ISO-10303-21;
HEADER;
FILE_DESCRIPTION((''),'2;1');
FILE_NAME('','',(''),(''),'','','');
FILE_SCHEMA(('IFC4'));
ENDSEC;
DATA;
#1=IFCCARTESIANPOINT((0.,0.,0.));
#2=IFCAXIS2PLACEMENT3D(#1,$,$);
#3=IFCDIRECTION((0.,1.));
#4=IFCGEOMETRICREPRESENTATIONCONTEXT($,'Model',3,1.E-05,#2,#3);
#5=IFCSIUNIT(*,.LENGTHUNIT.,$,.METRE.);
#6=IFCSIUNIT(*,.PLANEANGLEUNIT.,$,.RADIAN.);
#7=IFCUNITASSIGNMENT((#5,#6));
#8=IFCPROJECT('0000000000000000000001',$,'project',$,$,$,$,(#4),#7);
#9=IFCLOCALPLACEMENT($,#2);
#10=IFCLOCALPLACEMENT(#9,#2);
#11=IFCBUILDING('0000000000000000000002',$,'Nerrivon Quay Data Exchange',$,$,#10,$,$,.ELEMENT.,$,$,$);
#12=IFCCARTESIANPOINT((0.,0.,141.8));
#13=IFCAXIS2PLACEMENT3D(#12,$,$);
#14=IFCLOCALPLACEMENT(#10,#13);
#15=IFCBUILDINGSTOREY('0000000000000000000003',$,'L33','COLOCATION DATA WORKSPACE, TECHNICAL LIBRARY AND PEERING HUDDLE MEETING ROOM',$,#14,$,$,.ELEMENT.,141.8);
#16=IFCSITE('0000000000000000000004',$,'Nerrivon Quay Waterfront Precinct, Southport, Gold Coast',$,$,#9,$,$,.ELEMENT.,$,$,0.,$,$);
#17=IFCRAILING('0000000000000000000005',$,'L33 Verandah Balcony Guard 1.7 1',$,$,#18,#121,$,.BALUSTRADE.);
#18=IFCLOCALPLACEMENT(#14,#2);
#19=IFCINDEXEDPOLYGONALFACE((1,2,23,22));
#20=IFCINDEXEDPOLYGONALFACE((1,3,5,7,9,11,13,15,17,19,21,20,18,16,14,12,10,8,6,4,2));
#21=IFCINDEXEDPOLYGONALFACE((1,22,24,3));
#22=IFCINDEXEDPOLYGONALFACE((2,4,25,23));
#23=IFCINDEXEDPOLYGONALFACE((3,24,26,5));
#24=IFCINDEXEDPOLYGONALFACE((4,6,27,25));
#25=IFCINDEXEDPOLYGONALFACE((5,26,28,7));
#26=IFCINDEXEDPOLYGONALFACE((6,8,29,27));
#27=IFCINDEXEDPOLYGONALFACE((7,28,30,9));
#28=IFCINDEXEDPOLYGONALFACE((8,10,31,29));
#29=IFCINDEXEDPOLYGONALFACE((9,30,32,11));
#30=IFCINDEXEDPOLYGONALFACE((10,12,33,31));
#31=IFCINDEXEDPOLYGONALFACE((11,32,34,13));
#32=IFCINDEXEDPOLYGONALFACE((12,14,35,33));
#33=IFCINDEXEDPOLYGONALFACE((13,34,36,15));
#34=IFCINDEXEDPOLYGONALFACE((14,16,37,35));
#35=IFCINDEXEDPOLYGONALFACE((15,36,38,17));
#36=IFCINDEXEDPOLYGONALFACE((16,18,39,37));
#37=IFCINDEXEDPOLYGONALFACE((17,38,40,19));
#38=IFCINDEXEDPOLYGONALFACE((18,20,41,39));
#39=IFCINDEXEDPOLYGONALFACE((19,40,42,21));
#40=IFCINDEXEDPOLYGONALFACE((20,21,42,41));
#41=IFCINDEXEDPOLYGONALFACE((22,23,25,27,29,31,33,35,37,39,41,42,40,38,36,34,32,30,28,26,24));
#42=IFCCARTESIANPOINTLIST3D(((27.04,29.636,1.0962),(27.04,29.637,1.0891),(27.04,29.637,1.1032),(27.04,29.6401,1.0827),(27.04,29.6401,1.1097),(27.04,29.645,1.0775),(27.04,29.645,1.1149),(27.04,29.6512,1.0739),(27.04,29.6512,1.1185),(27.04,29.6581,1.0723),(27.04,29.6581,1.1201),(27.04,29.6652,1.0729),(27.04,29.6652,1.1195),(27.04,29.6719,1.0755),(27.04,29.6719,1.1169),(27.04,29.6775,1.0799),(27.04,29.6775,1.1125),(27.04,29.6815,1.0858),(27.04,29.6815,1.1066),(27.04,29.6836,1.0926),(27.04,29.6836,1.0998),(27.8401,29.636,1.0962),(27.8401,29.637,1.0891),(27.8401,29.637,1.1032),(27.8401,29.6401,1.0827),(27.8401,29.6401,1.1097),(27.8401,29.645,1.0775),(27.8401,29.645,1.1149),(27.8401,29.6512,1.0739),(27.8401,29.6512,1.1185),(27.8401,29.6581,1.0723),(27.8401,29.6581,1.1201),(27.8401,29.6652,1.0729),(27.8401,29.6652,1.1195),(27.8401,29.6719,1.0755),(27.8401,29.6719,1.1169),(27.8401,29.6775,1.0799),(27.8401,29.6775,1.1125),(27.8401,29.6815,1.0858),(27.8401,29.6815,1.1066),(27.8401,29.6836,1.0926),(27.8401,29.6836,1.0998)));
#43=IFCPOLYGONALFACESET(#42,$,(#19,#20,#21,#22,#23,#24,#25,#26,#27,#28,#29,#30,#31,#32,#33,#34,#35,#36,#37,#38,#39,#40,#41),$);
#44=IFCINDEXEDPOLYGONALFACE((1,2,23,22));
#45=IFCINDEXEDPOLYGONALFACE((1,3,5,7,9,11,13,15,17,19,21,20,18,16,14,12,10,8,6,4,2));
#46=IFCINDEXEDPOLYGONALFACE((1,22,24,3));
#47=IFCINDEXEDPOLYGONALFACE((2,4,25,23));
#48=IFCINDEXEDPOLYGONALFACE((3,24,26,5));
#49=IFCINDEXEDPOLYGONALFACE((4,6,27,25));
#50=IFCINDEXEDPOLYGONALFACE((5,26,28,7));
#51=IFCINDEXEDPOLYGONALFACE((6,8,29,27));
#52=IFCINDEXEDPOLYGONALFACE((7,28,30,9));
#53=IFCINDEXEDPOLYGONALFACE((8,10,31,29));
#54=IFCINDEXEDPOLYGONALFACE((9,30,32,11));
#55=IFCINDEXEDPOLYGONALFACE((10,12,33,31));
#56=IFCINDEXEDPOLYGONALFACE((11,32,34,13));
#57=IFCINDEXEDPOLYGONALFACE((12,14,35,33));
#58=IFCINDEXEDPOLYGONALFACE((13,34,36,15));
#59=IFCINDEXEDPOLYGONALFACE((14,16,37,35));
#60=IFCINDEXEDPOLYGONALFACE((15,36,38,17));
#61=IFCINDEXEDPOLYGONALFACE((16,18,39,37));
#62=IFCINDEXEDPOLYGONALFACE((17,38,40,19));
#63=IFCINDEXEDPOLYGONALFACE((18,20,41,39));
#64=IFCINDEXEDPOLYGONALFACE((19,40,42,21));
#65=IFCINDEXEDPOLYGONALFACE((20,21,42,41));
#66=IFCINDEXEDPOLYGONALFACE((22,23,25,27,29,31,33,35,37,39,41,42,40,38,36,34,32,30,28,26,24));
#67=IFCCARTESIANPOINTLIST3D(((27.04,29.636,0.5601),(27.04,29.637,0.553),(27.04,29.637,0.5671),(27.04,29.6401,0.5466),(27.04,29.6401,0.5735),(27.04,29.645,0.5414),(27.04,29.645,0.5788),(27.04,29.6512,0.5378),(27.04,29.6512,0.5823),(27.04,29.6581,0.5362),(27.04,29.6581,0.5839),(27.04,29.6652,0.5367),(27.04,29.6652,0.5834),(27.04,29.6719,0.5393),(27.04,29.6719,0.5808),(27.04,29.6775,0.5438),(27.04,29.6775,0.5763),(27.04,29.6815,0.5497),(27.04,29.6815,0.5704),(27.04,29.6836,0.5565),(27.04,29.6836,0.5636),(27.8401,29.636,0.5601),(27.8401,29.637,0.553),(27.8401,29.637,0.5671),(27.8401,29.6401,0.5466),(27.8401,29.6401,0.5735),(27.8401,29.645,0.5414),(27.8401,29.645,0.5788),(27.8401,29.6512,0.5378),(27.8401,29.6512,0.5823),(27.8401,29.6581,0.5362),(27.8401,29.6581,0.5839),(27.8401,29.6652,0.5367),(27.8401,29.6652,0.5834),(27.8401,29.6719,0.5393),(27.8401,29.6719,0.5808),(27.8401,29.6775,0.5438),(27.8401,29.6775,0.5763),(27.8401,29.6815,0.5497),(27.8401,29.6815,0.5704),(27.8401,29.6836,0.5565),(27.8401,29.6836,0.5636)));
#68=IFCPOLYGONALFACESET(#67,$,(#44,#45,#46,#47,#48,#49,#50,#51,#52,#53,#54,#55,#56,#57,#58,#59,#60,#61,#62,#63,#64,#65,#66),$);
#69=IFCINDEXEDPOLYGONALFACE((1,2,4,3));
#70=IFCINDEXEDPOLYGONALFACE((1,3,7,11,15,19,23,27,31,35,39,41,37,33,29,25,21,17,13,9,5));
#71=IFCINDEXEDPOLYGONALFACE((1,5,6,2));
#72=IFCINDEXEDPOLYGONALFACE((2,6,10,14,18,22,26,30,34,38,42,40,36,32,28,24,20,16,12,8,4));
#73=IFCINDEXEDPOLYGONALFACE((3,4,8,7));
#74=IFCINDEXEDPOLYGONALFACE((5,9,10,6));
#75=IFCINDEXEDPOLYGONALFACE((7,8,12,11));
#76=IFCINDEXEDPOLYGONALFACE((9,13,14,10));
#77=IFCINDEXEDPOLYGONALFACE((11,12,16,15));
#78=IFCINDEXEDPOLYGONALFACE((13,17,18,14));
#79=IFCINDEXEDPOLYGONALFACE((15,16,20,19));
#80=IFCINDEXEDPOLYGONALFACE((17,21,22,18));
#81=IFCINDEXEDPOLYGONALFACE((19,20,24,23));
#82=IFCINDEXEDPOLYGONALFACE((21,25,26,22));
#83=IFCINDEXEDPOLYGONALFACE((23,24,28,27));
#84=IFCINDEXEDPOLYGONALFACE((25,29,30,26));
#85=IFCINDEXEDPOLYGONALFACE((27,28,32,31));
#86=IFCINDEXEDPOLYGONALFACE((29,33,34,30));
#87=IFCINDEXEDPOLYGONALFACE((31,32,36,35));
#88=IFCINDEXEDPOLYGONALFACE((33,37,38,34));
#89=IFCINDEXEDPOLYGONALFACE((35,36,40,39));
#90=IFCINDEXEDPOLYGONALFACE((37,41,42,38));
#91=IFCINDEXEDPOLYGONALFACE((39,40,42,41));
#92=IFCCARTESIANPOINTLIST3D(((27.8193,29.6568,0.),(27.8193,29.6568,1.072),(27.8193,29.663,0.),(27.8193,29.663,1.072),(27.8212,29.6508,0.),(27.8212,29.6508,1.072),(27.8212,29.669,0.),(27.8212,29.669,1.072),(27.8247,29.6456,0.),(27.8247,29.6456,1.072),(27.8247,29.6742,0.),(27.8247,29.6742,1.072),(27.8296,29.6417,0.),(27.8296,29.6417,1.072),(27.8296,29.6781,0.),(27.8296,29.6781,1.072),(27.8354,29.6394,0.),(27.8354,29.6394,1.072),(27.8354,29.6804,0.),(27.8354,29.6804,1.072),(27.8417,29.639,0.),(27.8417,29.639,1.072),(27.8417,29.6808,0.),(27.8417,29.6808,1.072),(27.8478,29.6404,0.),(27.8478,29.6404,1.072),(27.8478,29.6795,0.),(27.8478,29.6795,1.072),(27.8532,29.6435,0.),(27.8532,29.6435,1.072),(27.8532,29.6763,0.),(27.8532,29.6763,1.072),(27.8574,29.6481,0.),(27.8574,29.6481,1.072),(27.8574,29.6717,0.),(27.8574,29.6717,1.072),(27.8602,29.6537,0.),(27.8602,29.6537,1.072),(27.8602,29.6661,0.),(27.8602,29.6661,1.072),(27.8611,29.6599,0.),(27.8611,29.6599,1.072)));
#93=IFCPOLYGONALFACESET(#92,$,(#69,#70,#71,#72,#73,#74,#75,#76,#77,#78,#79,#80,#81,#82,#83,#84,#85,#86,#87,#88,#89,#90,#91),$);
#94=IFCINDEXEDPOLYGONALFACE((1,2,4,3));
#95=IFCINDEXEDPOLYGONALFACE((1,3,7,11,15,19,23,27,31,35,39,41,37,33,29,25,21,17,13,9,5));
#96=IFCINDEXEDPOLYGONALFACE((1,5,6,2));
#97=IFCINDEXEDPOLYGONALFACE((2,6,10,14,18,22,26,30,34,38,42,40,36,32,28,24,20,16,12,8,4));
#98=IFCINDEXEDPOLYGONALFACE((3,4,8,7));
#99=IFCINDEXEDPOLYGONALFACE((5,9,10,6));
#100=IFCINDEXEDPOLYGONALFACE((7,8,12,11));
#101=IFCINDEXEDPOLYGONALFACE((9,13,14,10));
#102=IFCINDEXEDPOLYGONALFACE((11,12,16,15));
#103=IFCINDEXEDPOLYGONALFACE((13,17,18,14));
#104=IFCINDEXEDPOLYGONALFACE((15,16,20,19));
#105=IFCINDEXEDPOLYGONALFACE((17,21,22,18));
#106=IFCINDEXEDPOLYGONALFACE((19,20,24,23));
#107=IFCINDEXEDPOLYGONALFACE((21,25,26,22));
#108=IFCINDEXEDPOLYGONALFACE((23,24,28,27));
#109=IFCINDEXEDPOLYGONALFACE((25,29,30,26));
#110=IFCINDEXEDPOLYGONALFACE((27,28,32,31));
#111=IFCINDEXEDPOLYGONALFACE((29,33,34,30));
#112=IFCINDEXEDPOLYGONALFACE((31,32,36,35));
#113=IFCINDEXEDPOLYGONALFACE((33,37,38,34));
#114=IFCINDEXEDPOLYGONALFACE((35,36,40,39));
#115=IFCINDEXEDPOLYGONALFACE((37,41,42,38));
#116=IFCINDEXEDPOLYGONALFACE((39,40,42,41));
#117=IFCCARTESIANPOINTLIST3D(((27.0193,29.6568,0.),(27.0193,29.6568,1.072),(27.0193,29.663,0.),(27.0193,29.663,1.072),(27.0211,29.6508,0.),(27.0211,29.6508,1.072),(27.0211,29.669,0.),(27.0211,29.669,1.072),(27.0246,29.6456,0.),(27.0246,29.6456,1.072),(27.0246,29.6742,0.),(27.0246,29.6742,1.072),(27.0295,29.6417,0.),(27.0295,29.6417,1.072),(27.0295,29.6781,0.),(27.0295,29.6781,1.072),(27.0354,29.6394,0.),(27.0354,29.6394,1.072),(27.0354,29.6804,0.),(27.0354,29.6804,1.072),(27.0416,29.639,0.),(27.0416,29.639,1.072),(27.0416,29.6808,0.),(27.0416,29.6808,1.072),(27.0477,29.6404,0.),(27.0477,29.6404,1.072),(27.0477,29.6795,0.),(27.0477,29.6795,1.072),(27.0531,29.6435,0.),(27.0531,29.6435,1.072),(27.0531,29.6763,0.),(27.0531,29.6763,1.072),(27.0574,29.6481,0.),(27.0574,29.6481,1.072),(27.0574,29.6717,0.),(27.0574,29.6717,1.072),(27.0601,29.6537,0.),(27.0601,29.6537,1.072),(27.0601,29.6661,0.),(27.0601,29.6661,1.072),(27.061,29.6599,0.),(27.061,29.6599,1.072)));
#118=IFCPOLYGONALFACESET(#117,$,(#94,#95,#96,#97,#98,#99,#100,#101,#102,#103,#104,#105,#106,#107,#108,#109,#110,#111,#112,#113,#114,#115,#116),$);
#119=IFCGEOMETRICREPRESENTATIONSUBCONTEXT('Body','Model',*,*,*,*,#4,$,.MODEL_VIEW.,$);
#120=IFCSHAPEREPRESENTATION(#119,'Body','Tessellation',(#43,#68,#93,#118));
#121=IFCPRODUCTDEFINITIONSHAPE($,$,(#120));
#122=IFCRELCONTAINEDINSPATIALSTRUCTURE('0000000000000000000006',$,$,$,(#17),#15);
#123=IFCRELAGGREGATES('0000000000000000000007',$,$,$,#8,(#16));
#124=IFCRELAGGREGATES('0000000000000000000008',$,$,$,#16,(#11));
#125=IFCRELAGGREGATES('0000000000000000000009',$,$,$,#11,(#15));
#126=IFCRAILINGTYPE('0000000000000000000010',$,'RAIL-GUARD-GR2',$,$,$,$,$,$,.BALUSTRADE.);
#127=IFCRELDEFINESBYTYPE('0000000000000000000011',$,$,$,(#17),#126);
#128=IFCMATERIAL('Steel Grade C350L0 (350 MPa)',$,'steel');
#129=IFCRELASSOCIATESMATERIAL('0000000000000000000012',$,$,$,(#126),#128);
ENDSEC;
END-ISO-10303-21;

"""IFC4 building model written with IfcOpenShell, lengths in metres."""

from ifc_helpers import new_model, si_unit, direction, frame, origin, origin_2d, place, context, subcontext, project, spatial, circle, extrude, material, type_object, element, save


model = new_model("IFC4")

# Units and contexts
model_context = context("Model", 3, precision=1e-05, world=origin(), true_north=direction((0.0, 1.0)))
body_context = subcontext(model_context, "Body", "Model", "MODEL_VIEW")
ifc_project = project(units=[si_unit("LENGTHUNIT", "METRE"), si_unit("PLANEANGLEUNIT", "RADIAN")], contexts=[model_context])

# Site, building, storey
site_placement = place(None, origin())
site = spatial("IfcSite", under=ifc_project, at=site_placement, Name="Nerrivon Quay Waterfront Precinct, Southport, Gold Coast", CompositionType="ELEMENT", RefElevation=0.0)
building_placement = place(site_placement, origin())
building = spatial("IfcBuilding", under=site, at=building_placement, Name="Nerrivon Quay Data Exchange", CompositionType="ELEMENT")
storey_placement = place(building_placement, frame((0.0, 0.0, 141.8)))
storey = spatial("IfcBuildingStorey", under=building, at=storey_placement, Name="L33", Description="COLOCATION DATA WORKSPACE, TECHNICAL LIBRARY AND PEERING HUDDLE MEETING ROOM", CompositionType="ELEMENT", Elevation=141.8)

# Railing
ifc_material_1 = material(Name="Steel Grade C350L0 (350 MPa)", Category="steel")
railing_type = type_object("IfcRailingType", Name="RAIL-GUARD-GR2", PredefinedType="BALUSTRADE", material=ifc_material_1)
railing_1_placement = place(storey_placement, frame((27.8401, 29.6599, 0.0)))
element("IfcRailing", 1, at=railing_1_placement, inside=storey, type_object=railing_type, Name="L33 Verandah Balcony Guard 1.7 1", PredefinedType="BALUSTRADE", context=body_context, shape_type="SweptSolid", body=[
    extrude(circle(Radius=0.0239, at=origin_2d()), frame((0.0, 0.0, 1.0962), z_axis=(-1.0, 0.0, 0.0), x_axis=(0.0, -1.0, 0.0)), (0.0, 0.0, 1.0), 0.8),
    extrude(circle(Radius=0.0239, at=origin_2d()), frame((0.0, 0.0, 0.5601), z_axis=(-1.0, 0.0, 0.0), x_axis=(0.0, -1.0, 0.0)), (0.0, 0.0, 1.0), 0.8),
    extrude(circle(Radius=0.021, at=origin_2d()), origin(), (0.0, 0.0, 1.0), 1.072),
    extrude(circle(Radius=0.021, at=origin_2d()), frame((-0.8, 0.0, 0.0)), (0.0, 0.0, 1.0), 1.072),
])

save(model, "model.ifc")
